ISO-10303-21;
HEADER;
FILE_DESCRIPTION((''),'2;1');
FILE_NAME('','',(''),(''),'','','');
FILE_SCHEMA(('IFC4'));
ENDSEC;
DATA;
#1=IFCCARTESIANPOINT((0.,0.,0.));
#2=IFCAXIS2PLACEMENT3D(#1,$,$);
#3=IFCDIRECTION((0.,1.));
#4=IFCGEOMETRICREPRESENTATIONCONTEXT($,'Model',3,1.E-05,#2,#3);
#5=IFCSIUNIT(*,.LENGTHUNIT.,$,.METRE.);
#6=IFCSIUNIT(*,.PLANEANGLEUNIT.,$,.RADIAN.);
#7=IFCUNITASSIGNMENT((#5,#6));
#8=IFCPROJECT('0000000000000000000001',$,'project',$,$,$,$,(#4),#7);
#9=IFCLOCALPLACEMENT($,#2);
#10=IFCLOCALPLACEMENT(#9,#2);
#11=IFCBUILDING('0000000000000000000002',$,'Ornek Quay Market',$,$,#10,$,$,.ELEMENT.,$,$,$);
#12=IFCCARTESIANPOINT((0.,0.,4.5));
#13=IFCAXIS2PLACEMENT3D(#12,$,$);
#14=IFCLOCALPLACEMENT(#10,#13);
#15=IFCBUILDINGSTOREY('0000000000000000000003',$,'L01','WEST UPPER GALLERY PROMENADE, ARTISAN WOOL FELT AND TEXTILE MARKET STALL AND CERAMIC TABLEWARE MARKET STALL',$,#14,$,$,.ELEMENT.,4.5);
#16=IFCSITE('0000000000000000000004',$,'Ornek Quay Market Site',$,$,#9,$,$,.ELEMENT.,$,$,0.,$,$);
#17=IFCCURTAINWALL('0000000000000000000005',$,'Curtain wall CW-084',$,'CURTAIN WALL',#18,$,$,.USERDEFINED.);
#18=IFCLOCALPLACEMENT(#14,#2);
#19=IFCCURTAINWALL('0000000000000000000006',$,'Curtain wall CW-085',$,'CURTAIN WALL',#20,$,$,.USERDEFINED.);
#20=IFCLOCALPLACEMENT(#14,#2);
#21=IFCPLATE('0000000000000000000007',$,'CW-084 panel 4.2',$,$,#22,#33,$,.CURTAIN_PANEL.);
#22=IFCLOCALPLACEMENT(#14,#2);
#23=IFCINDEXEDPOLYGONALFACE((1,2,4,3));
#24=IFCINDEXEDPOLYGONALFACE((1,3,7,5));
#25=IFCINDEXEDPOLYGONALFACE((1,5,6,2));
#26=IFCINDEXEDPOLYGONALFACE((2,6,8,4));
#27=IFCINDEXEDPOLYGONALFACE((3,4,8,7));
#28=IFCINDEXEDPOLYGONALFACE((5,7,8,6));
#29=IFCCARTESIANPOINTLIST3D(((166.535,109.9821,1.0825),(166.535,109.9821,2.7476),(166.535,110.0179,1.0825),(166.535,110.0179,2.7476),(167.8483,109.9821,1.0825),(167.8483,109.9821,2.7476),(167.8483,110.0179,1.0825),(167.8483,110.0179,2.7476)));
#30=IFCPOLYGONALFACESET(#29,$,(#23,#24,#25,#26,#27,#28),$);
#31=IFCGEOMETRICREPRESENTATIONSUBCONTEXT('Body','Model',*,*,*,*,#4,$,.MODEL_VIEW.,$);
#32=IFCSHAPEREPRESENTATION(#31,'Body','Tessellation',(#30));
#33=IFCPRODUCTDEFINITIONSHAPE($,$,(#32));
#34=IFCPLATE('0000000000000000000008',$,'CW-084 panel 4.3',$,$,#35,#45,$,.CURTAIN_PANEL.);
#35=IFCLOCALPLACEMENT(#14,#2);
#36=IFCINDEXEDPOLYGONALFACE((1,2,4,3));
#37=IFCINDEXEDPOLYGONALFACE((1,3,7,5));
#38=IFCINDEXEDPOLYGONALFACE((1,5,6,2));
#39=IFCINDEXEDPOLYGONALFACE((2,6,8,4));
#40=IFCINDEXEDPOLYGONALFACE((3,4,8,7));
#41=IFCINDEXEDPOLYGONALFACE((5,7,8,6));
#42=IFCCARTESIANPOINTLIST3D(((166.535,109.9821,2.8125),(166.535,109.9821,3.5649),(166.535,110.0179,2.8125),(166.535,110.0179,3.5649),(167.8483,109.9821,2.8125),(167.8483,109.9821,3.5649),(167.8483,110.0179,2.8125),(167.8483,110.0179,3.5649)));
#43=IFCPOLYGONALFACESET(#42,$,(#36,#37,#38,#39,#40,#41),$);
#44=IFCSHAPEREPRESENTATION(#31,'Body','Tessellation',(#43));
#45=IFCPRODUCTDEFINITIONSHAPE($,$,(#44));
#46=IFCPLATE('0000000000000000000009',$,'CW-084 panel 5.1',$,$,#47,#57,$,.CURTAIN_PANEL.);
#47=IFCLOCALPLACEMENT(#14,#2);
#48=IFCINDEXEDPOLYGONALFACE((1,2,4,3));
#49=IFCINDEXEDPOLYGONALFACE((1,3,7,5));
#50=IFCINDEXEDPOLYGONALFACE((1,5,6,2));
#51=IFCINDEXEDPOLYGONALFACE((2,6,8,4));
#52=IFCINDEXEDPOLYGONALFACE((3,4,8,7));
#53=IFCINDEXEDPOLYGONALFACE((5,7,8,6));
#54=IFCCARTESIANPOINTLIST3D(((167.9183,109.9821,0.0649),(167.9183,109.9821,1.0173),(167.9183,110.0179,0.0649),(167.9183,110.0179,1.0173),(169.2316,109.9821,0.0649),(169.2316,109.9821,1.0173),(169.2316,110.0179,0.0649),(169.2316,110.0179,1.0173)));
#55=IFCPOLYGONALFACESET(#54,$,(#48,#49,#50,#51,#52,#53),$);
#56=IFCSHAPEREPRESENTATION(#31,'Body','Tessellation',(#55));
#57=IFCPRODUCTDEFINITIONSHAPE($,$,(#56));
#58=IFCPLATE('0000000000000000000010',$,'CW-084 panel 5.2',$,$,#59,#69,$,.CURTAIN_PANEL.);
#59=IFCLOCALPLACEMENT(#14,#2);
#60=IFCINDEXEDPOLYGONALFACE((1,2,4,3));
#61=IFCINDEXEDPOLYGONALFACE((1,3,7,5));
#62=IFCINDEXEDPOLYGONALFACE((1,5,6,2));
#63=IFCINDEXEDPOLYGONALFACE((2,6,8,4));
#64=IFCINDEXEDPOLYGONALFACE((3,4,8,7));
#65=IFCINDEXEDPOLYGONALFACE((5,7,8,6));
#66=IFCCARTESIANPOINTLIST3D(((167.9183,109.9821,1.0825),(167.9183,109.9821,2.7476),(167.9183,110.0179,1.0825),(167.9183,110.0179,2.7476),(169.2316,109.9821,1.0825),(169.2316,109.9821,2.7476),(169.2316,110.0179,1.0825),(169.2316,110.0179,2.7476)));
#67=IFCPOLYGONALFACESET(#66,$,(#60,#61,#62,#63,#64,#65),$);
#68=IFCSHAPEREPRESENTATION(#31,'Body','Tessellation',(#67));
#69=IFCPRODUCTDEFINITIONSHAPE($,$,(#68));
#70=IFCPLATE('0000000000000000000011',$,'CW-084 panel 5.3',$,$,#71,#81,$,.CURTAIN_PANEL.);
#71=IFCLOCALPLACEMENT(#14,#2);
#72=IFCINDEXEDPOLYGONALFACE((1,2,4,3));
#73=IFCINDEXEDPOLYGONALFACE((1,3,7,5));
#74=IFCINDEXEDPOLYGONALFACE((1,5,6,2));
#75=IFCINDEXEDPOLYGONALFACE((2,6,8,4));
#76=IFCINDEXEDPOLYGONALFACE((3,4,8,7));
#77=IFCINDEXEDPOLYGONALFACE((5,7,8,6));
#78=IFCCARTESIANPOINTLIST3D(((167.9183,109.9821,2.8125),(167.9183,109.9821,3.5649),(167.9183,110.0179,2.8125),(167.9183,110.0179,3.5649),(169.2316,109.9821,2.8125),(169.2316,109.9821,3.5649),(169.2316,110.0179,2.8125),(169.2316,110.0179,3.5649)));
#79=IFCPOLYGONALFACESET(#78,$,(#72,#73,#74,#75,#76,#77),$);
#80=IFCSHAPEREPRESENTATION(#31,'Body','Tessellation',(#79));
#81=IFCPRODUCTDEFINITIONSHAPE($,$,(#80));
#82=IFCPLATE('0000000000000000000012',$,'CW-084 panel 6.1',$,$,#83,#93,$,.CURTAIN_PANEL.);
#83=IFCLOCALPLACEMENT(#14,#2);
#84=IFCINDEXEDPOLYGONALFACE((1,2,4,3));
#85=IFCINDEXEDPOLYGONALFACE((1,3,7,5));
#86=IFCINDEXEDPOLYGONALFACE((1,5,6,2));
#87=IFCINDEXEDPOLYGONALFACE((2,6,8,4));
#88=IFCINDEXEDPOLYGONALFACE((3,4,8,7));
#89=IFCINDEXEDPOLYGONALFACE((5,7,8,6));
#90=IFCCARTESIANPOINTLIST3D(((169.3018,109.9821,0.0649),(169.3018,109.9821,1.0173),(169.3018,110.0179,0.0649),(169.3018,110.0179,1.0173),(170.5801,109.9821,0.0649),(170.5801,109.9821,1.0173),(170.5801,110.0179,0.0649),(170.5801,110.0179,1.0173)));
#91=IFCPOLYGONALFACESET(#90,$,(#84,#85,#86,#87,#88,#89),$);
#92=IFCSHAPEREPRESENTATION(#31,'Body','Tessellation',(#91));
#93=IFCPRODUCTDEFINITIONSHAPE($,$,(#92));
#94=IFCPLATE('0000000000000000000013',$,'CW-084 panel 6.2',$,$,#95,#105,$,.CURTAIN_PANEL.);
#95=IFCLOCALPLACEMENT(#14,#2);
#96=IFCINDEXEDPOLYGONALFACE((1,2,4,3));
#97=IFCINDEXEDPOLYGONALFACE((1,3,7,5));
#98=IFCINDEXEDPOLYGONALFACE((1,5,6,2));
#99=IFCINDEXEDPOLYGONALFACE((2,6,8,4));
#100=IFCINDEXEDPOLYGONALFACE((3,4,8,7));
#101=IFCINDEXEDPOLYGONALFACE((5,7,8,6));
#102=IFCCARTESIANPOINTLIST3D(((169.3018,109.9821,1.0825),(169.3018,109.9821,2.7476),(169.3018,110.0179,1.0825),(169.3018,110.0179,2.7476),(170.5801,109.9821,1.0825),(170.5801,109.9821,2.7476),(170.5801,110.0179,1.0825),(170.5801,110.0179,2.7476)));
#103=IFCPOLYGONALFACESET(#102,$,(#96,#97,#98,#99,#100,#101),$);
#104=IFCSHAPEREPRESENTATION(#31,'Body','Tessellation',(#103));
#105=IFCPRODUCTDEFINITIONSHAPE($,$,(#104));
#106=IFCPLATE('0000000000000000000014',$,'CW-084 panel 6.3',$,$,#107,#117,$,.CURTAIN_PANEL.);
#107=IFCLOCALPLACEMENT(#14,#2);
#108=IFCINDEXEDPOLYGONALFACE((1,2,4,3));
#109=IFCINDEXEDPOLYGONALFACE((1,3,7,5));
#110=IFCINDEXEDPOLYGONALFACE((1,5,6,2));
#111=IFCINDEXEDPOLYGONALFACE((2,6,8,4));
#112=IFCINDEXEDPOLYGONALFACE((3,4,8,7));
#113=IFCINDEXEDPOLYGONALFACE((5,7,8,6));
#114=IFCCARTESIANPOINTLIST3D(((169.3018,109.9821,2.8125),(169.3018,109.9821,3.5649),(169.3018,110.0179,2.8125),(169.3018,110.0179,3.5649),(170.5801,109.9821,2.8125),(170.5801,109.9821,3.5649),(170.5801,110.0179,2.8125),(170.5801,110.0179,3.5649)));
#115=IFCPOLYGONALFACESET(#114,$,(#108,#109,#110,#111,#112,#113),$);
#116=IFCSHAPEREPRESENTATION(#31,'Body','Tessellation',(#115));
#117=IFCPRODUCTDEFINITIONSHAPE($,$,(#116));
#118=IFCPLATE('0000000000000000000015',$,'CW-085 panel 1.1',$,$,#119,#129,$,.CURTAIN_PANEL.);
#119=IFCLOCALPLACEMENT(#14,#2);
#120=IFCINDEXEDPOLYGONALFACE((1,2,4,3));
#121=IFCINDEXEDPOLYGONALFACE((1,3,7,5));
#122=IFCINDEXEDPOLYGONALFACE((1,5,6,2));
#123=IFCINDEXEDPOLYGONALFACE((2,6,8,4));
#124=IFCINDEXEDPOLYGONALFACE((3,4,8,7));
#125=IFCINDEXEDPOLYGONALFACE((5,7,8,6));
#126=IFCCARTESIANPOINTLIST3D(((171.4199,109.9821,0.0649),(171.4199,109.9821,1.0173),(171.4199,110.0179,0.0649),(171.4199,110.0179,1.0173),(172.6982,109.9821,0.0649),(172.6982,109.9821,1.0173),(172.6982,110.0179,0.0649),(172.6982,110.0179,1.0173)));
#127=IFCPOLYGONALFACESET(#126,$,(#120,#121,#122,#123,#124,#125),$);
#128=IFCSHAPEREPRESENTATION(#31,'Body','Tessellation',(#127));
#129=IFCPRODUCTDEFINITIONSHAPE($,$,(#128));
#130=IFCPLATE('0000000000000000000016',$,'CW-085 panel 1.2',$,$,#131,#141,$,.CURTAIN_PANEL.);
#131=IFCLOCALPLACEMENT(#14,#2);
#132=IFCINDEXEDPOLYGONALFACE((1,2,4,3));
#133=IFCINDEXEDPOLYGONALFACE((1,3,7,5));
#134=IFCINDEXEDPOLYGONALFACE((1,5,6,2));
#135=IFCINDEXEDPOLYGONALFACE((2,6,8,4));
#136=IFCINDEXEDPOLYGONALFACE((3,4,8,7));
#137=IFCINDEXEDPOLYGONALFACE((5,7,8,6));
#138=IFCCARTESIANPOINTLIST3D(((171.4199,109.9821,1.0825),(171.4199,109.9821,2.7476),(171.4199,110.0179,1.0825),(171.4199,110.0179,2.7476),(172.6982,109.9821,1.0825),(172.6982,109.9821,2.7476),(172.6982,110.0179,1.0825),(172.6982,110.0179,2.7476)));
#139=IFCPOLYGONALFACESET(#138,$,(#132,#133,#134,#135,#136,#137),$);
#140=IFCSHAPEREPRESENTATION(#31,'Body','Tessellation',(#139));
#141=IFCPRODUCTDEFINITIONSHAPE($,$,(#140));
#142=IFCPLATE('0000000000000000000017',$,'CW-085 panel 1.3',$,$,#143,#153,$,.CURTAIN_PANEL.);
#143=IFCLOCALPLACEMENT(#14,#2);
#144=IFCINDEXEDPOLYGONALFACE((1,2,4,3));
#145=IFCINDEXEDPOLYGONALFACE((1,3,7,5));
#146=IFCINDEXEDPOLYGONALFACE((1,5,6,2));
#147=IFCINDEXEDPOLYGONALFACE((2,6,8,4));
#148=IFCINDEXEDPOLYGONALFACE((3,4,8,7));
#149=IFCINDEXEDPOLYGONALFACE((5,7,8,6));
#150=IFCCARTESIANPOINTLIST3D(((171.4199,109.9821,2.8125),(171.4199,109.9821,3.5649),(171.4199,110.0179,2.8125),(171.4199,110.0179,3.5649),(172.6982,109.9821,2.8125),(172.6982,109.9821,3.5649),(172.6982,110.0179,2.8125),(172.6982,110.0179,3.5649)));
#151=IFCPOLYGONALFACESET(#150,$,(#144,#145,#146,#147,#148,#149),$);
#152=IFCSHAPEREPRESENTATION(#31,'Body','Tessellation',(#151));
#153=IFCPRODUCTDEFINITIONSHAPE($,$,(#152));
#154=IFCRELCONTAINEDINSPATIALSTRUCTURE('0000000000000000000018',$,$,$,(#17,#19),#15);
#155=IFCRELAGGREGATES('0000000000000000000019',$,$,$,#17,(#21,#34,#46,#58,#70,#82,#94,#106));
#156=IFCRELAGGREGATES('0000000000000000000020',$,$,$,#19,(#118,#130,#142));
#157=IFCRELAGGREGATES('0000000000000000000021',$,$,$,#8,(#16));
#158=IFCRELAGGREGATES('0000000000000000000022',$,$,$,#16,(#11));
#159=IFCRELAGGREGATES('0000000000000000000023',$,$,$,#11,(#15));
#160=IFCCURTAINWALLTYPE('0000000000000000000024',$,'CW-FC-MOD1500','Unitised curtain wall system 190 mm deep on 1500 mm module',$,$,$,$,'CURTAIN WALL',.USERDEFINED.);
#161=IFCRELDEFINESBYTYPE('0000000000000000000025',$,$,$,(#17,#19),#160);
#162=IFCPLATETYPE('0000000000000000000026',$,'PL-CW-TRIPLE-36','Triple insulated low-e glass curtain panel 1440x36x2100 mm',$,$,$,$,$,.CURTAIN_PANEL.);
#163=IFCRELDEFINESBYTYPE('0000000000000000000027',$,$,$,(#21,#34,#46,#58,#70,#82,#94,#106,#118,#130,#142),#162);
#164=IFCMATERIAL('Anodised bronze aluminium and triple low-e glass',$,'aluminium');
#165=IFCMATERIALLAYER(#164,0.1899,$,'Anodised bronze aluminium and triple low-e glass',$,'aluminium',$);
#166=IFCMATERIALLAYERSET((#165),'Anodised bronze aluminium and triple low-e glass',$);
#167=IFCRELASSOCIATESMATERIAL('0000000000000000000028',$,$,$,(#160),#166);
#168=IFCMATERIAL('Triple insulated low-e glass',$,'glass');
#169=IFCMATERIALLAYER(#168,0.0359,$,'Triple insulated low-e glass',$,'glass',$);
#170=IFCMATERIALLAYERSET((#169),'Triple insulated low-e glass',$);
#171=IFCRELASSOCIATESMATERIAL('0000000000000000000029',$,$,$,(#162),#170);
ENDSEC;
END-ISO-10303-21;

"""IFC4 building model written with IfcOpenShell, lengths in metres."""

from ifc_helpers import new_model, si_unit, direction, frame, origin, origin_2d, place, context, subcontext, project, spatial, rectangle, extrude, material, layer, layer_set, type_object, element, aggregate, save


model = new_model("IFC4")

# Units and contexts
model_context = context("Model", 3, precision=1e-05, world=origin(), true_north=direction((0.0, 1.0)))
body_context = subcontext(model_context, "Body", "Model", "MODEL_VIEW")
ifc_project = project(units=[si_unit("LENGTHUNIT", "METRE"), si_unit("PLANEANGLEUNIT", "RADIAN")], contexts=[model_context])

# Site, building, storey
site_placement = place(None, origin())
site = spatial("IfcSite", under=ifc_project, at=site_placement, Name="Ornek Quay Market Site", CompositionType="ELEMENT", RefElevation=0.0)
building_placement = place(site_placement, origin())
building = spatial("IfcBuilding", under=site, at=building_placement, Name="Ornek Quay Market", CompositionType="ELEMENT")
storey_placement = place(building_placement, frame((0.0, 0.0, 4.5)))
storey = spatial("IfcBuildingStorey", under=building, at=storey_placement, Name="L01", Description="WEST UPPER GALLERY PROMENADE, ARTISAN WOOL FELT AND TEXTILE MARKET STALL AND CERAMIC TABLEWARE MARKET STALL", CompositionType="ELEMENT", Elevation=4.5)

# Curtain walls
ifc_material_1 = material(Name="Anodised bronze aluminium and triple low-e glass", Category="aluminium")
ifc_layer_1 = layer(ifc_material_1, 0.1899, Name="Anodised bronze aluminium and triple low-e glass", Category="aluminium")
ifc_layer_set_1 = layer_set([ifc_layer_1], Name="Anodised bronze aluminium and triple low-e glass")
curtain_wall_type = type_object("IfcCurtainWallType", Name="CW-FC-MOD1500", Description="Unitised curtain wall system 190 mm deep on 1500 mm module", ElementType="CURTAIN WALL", PredefinedType="USERDEFINED", material=ifc_layer_set_1)
curtain_wall_1_placement = place(storey_placement, origin())
curtain_wall_1 = element("IfcCurtainWall", 1, at=curtain_wall_1_placement, inside=storey, type_object=curtain_wall_type, Name="Curtain wall CW-084", ObjectType="CURTAIN WALL", PredefinedType="USERDEFINED")
curtain_wall_2_placement = place(storey_placement, origin())
curtain_wall_2 = element("IfcCurtainWall", 2, at=curtain_wall_2_placement, inside=storey, type_object=curtain_wall_type, Name="Curtain wall CW-085", ObjectType="CURTAIN WALL", PredefinedType="USERDEFINED")

# Plates
ifc_material_2 = material(Name="Triple insulated low-e glass", Category="glass")
ifc_layer_2 = layer(ifc_material_2, 0.0359, Name="Triple insulated low-e glass", Category="glass")
ifc_layer_set_2 = layer_set([ifc_layer_2], Name="Triple insulated low-e glass")
plate_type = type_object("IfcPlateType", Name="PL-CW-TRIPLE-36", Description="Triple insulated low-e glass curtain panel 1440x36x2100 mm", PredefinedType="CURTAIN_PANEL", material=ifc_layer_set_2)
plate_1_placement = place(storey_placement, frame((167.1917, 110.0, 1.0825), z_axis=(0.0, 0.0, 1.0), x_axis=(1.0, 0.0, 0.0)))
plate_1 = element("IfcPlate", 3, at=plate_1_placement, type_object=plate_type, Name="CW-084 panel 4.2", PredefinedType="CURTAIN_PANEL", context=body_context, shape_type="SweptSolid", body=[
    extrude(rectangle(XDim=1.3132, YDim=0.0359, at=origin_2d()), origin(), (0.0, 0.0, 1.0), 1.665),
])
plate_2_placement = place(storey_placement, frame((167.1917, 110.0, 2.8125), z_axis=(0.0, 0.0, 1.0), x_axis=(1.0, 0.0, 0.0)))
plate_2 = element("IfcPlate", 4, at=plate_2_placement, type_object=plate_type, Name="CW-084 panel 4.3", PredefinedType="CURTAIN_PANEL", context=body_context, shape_type="SweptSolid", body=[
    extrude(rectangle(XDim=1.3132, YDim=0.0359, at=origin_2d()), origin(), (0.0, 0.0, 1.0), 0.7524),
])
plate_3_placement = place(storey_placement, frame((168.575, 110.0, 0.0649), z_axis=(0.0, 0.0, 1.0), x_axis=(1.0, 0.0, 0.0)))
plate_3 = element("IfcPlate", 5, at=plate_3_placement, type_object=plate_type, Name="CW-084 panel 5.1", PredefinedType="CURTAIN_PANEL", context=body_context, shape_type="SweptSolid", body=[
    extrude(rectangle(XDim=1.3132, YDim=0.0359, at=origin_2d()), origin(), (0.0, 0.0, 1.0), 0.9524),
])
plate_4_placement = place(storey_placement, frame((168.575, 110.0, 1.0825), z_axis=(0.0, 0.0, 1.0), x_axis=(1.0, 0.0, 0.0)))
plate_4 = element("IfcPlate", 6, at=plate_4_placement, type_object=plate_type, Name="CW-084 panel 5.2", PredefinedType="CURTAIN_PANEL", context=body_context, shape_type="SweptSolid", body=[
    extrude(rectangle(XDim=1.3132, YDim=0.0359, at=origin_2d()), origin(), (0.0, 0.0, 1.0), 1.665),
])
plate_5_placement = place(storey_placement, frame((168.575, 110.0, 2.8125), z_axis=(0.0, 0.0, 1.0), x_axis=(1.0, 0.0, 0.0)))
plate_5 = element("IfcPlate", 7, at=plate_5_placement, type_object=plate_type, Name="CW-084 panel 5.3", PredefinedType="CURTAIN_PANEL", context=body_context, shape_type="SweptSolid", body=[
    extrude(rectangle(XDim=1.3132, YDim=0.0359, at=origin_2d()), origin(), (0.0, 0.0, 1.0), 0.7524),
])
plate_6_placement = place(storey_placement, frame((169.9409, 110.0, 0.0649), z_axis=(0.0, 0.0, 1.0), x_axis=(1.0, 0.0, 0.0)))
plate_6 = element("IfcPlate", 8, at=plate_6_placement, type_object=plate_type, Name="CW-084 panel 6.1", PredefinedType="CURTAIN_PANEL", context=body_context, shape_type="SweptSolid", body=[
    extrude(rectangle(XDim=1.2783, YDim=0.0359, at=origin_2d()), origin(), (0.0, 0.0, 1.0), 0.9524),
])
plate_7_placement = place(storey_placement, frame((169.9409, 110.0, 1.0825), z_axis=(0.0, 0.0, 1.0), x_axis=(1.0, 0.0, 0.0)))
plate_7 = element("IfcPlate", 9, at=plate_7_placement, type_object=plate_type, Name="CW-084 panel 6.2", PredefinedType="CURTAIN_PANEL", context=body_context, shape_type="SweptSolid", body=[
    extrude(rectangle(XDim=1.2783, YDim=0.0359, at=origin_2d()), origin(), (0.0, 0.0, 1.0), 1.665),
])
plate_8_placement = place(storey_placement, frame((169.9409, 110.0, 2.8125), z_axis=(0.0, 0.0, 1.0), x_axis=(1.0, 0.0, 0.0)))
plate_8 = element("IfcPlate", 10, at=plate_8_placement, type_object=plate_type, Name="CW-084 panel 6.3", PredefinedType="CURTAIN_PANEL", context=body_context, shape_type="SweptSolid", body=[
    extrude(rectangle(XDim=1.2783, YDim=0.0359, at=origin_2d()), origin(), (0.0, 0.0, 1.0), 0.7524),
])
aggregate(curtain_wall_1, [plate_1, plate_2, plate_3, plate_4, plate_5, plate_6, plate_7, plate_8])
plate_9_placement = place(storey_placement, frame((172.0591, 110.0, 0.0649), z_axis=(0.0, 0.0, 1.0), x_axis=(1.0, 0.0, 0.0)))
plate_9 = element("IfcPlate", 11, at=plate_9_placement, type_object=plate_type, Name="CW-085 panel 1.1", PredefinedType="CURTAIN_PANEL", context=body_context, shape_type="SweptSolid", body=[
    extrude(rectangle(XDim=1.2783, YDim=0.0359, at=origin_2d()), origin(), (0.0, 0.0, 1.0), 0.9524),
])
plate_10_placement = place(storey_placement, frame((172.0591, 110.0, 1.0825), z_axis=(0.0, 0.0, 1.0), x_axis=(1.0, 0.0, 0.0)))
plate_10 = element("IfcPlate", 12, at=plate_10_placement, type_object=plate_type, Name="CW-085 panel 1.2", PredefinedType="CURTAIN_PANEL", context=body_context, shape_type="SweptSolid", body=[
    extrude(rectangle(XDim=1.2783, YDim=0.0359, at=origin_2d()), origin(), (0.0, 0.0, 1.0), 1.665),
])
plate_11_placement = place(storey_placement, frame((172.0591, 110.0, 2.8125), z_axis=(0.0, 0.0, 1.0), x_axis=(1.0, 0.0, 0.0)))
plate_11 = element("IfcPlate", 13, at=plate_11_placement, type_object=plate_type, Name="CW-085 panel 1.3", PredefinedType="CURTAIN_PANEL", context=body_context, shape_type="SweptSolid", body=[
    extrude(rectangle(XDim=1.2783, YDim=0.0359, at=origin_2d()), origin(), (0.0, 0.0, 1.0), 0.7524),
])
aggregate(curtain_wall_2, [plate_9, plate_10, plate_11])

save(model, "model.ifc")
